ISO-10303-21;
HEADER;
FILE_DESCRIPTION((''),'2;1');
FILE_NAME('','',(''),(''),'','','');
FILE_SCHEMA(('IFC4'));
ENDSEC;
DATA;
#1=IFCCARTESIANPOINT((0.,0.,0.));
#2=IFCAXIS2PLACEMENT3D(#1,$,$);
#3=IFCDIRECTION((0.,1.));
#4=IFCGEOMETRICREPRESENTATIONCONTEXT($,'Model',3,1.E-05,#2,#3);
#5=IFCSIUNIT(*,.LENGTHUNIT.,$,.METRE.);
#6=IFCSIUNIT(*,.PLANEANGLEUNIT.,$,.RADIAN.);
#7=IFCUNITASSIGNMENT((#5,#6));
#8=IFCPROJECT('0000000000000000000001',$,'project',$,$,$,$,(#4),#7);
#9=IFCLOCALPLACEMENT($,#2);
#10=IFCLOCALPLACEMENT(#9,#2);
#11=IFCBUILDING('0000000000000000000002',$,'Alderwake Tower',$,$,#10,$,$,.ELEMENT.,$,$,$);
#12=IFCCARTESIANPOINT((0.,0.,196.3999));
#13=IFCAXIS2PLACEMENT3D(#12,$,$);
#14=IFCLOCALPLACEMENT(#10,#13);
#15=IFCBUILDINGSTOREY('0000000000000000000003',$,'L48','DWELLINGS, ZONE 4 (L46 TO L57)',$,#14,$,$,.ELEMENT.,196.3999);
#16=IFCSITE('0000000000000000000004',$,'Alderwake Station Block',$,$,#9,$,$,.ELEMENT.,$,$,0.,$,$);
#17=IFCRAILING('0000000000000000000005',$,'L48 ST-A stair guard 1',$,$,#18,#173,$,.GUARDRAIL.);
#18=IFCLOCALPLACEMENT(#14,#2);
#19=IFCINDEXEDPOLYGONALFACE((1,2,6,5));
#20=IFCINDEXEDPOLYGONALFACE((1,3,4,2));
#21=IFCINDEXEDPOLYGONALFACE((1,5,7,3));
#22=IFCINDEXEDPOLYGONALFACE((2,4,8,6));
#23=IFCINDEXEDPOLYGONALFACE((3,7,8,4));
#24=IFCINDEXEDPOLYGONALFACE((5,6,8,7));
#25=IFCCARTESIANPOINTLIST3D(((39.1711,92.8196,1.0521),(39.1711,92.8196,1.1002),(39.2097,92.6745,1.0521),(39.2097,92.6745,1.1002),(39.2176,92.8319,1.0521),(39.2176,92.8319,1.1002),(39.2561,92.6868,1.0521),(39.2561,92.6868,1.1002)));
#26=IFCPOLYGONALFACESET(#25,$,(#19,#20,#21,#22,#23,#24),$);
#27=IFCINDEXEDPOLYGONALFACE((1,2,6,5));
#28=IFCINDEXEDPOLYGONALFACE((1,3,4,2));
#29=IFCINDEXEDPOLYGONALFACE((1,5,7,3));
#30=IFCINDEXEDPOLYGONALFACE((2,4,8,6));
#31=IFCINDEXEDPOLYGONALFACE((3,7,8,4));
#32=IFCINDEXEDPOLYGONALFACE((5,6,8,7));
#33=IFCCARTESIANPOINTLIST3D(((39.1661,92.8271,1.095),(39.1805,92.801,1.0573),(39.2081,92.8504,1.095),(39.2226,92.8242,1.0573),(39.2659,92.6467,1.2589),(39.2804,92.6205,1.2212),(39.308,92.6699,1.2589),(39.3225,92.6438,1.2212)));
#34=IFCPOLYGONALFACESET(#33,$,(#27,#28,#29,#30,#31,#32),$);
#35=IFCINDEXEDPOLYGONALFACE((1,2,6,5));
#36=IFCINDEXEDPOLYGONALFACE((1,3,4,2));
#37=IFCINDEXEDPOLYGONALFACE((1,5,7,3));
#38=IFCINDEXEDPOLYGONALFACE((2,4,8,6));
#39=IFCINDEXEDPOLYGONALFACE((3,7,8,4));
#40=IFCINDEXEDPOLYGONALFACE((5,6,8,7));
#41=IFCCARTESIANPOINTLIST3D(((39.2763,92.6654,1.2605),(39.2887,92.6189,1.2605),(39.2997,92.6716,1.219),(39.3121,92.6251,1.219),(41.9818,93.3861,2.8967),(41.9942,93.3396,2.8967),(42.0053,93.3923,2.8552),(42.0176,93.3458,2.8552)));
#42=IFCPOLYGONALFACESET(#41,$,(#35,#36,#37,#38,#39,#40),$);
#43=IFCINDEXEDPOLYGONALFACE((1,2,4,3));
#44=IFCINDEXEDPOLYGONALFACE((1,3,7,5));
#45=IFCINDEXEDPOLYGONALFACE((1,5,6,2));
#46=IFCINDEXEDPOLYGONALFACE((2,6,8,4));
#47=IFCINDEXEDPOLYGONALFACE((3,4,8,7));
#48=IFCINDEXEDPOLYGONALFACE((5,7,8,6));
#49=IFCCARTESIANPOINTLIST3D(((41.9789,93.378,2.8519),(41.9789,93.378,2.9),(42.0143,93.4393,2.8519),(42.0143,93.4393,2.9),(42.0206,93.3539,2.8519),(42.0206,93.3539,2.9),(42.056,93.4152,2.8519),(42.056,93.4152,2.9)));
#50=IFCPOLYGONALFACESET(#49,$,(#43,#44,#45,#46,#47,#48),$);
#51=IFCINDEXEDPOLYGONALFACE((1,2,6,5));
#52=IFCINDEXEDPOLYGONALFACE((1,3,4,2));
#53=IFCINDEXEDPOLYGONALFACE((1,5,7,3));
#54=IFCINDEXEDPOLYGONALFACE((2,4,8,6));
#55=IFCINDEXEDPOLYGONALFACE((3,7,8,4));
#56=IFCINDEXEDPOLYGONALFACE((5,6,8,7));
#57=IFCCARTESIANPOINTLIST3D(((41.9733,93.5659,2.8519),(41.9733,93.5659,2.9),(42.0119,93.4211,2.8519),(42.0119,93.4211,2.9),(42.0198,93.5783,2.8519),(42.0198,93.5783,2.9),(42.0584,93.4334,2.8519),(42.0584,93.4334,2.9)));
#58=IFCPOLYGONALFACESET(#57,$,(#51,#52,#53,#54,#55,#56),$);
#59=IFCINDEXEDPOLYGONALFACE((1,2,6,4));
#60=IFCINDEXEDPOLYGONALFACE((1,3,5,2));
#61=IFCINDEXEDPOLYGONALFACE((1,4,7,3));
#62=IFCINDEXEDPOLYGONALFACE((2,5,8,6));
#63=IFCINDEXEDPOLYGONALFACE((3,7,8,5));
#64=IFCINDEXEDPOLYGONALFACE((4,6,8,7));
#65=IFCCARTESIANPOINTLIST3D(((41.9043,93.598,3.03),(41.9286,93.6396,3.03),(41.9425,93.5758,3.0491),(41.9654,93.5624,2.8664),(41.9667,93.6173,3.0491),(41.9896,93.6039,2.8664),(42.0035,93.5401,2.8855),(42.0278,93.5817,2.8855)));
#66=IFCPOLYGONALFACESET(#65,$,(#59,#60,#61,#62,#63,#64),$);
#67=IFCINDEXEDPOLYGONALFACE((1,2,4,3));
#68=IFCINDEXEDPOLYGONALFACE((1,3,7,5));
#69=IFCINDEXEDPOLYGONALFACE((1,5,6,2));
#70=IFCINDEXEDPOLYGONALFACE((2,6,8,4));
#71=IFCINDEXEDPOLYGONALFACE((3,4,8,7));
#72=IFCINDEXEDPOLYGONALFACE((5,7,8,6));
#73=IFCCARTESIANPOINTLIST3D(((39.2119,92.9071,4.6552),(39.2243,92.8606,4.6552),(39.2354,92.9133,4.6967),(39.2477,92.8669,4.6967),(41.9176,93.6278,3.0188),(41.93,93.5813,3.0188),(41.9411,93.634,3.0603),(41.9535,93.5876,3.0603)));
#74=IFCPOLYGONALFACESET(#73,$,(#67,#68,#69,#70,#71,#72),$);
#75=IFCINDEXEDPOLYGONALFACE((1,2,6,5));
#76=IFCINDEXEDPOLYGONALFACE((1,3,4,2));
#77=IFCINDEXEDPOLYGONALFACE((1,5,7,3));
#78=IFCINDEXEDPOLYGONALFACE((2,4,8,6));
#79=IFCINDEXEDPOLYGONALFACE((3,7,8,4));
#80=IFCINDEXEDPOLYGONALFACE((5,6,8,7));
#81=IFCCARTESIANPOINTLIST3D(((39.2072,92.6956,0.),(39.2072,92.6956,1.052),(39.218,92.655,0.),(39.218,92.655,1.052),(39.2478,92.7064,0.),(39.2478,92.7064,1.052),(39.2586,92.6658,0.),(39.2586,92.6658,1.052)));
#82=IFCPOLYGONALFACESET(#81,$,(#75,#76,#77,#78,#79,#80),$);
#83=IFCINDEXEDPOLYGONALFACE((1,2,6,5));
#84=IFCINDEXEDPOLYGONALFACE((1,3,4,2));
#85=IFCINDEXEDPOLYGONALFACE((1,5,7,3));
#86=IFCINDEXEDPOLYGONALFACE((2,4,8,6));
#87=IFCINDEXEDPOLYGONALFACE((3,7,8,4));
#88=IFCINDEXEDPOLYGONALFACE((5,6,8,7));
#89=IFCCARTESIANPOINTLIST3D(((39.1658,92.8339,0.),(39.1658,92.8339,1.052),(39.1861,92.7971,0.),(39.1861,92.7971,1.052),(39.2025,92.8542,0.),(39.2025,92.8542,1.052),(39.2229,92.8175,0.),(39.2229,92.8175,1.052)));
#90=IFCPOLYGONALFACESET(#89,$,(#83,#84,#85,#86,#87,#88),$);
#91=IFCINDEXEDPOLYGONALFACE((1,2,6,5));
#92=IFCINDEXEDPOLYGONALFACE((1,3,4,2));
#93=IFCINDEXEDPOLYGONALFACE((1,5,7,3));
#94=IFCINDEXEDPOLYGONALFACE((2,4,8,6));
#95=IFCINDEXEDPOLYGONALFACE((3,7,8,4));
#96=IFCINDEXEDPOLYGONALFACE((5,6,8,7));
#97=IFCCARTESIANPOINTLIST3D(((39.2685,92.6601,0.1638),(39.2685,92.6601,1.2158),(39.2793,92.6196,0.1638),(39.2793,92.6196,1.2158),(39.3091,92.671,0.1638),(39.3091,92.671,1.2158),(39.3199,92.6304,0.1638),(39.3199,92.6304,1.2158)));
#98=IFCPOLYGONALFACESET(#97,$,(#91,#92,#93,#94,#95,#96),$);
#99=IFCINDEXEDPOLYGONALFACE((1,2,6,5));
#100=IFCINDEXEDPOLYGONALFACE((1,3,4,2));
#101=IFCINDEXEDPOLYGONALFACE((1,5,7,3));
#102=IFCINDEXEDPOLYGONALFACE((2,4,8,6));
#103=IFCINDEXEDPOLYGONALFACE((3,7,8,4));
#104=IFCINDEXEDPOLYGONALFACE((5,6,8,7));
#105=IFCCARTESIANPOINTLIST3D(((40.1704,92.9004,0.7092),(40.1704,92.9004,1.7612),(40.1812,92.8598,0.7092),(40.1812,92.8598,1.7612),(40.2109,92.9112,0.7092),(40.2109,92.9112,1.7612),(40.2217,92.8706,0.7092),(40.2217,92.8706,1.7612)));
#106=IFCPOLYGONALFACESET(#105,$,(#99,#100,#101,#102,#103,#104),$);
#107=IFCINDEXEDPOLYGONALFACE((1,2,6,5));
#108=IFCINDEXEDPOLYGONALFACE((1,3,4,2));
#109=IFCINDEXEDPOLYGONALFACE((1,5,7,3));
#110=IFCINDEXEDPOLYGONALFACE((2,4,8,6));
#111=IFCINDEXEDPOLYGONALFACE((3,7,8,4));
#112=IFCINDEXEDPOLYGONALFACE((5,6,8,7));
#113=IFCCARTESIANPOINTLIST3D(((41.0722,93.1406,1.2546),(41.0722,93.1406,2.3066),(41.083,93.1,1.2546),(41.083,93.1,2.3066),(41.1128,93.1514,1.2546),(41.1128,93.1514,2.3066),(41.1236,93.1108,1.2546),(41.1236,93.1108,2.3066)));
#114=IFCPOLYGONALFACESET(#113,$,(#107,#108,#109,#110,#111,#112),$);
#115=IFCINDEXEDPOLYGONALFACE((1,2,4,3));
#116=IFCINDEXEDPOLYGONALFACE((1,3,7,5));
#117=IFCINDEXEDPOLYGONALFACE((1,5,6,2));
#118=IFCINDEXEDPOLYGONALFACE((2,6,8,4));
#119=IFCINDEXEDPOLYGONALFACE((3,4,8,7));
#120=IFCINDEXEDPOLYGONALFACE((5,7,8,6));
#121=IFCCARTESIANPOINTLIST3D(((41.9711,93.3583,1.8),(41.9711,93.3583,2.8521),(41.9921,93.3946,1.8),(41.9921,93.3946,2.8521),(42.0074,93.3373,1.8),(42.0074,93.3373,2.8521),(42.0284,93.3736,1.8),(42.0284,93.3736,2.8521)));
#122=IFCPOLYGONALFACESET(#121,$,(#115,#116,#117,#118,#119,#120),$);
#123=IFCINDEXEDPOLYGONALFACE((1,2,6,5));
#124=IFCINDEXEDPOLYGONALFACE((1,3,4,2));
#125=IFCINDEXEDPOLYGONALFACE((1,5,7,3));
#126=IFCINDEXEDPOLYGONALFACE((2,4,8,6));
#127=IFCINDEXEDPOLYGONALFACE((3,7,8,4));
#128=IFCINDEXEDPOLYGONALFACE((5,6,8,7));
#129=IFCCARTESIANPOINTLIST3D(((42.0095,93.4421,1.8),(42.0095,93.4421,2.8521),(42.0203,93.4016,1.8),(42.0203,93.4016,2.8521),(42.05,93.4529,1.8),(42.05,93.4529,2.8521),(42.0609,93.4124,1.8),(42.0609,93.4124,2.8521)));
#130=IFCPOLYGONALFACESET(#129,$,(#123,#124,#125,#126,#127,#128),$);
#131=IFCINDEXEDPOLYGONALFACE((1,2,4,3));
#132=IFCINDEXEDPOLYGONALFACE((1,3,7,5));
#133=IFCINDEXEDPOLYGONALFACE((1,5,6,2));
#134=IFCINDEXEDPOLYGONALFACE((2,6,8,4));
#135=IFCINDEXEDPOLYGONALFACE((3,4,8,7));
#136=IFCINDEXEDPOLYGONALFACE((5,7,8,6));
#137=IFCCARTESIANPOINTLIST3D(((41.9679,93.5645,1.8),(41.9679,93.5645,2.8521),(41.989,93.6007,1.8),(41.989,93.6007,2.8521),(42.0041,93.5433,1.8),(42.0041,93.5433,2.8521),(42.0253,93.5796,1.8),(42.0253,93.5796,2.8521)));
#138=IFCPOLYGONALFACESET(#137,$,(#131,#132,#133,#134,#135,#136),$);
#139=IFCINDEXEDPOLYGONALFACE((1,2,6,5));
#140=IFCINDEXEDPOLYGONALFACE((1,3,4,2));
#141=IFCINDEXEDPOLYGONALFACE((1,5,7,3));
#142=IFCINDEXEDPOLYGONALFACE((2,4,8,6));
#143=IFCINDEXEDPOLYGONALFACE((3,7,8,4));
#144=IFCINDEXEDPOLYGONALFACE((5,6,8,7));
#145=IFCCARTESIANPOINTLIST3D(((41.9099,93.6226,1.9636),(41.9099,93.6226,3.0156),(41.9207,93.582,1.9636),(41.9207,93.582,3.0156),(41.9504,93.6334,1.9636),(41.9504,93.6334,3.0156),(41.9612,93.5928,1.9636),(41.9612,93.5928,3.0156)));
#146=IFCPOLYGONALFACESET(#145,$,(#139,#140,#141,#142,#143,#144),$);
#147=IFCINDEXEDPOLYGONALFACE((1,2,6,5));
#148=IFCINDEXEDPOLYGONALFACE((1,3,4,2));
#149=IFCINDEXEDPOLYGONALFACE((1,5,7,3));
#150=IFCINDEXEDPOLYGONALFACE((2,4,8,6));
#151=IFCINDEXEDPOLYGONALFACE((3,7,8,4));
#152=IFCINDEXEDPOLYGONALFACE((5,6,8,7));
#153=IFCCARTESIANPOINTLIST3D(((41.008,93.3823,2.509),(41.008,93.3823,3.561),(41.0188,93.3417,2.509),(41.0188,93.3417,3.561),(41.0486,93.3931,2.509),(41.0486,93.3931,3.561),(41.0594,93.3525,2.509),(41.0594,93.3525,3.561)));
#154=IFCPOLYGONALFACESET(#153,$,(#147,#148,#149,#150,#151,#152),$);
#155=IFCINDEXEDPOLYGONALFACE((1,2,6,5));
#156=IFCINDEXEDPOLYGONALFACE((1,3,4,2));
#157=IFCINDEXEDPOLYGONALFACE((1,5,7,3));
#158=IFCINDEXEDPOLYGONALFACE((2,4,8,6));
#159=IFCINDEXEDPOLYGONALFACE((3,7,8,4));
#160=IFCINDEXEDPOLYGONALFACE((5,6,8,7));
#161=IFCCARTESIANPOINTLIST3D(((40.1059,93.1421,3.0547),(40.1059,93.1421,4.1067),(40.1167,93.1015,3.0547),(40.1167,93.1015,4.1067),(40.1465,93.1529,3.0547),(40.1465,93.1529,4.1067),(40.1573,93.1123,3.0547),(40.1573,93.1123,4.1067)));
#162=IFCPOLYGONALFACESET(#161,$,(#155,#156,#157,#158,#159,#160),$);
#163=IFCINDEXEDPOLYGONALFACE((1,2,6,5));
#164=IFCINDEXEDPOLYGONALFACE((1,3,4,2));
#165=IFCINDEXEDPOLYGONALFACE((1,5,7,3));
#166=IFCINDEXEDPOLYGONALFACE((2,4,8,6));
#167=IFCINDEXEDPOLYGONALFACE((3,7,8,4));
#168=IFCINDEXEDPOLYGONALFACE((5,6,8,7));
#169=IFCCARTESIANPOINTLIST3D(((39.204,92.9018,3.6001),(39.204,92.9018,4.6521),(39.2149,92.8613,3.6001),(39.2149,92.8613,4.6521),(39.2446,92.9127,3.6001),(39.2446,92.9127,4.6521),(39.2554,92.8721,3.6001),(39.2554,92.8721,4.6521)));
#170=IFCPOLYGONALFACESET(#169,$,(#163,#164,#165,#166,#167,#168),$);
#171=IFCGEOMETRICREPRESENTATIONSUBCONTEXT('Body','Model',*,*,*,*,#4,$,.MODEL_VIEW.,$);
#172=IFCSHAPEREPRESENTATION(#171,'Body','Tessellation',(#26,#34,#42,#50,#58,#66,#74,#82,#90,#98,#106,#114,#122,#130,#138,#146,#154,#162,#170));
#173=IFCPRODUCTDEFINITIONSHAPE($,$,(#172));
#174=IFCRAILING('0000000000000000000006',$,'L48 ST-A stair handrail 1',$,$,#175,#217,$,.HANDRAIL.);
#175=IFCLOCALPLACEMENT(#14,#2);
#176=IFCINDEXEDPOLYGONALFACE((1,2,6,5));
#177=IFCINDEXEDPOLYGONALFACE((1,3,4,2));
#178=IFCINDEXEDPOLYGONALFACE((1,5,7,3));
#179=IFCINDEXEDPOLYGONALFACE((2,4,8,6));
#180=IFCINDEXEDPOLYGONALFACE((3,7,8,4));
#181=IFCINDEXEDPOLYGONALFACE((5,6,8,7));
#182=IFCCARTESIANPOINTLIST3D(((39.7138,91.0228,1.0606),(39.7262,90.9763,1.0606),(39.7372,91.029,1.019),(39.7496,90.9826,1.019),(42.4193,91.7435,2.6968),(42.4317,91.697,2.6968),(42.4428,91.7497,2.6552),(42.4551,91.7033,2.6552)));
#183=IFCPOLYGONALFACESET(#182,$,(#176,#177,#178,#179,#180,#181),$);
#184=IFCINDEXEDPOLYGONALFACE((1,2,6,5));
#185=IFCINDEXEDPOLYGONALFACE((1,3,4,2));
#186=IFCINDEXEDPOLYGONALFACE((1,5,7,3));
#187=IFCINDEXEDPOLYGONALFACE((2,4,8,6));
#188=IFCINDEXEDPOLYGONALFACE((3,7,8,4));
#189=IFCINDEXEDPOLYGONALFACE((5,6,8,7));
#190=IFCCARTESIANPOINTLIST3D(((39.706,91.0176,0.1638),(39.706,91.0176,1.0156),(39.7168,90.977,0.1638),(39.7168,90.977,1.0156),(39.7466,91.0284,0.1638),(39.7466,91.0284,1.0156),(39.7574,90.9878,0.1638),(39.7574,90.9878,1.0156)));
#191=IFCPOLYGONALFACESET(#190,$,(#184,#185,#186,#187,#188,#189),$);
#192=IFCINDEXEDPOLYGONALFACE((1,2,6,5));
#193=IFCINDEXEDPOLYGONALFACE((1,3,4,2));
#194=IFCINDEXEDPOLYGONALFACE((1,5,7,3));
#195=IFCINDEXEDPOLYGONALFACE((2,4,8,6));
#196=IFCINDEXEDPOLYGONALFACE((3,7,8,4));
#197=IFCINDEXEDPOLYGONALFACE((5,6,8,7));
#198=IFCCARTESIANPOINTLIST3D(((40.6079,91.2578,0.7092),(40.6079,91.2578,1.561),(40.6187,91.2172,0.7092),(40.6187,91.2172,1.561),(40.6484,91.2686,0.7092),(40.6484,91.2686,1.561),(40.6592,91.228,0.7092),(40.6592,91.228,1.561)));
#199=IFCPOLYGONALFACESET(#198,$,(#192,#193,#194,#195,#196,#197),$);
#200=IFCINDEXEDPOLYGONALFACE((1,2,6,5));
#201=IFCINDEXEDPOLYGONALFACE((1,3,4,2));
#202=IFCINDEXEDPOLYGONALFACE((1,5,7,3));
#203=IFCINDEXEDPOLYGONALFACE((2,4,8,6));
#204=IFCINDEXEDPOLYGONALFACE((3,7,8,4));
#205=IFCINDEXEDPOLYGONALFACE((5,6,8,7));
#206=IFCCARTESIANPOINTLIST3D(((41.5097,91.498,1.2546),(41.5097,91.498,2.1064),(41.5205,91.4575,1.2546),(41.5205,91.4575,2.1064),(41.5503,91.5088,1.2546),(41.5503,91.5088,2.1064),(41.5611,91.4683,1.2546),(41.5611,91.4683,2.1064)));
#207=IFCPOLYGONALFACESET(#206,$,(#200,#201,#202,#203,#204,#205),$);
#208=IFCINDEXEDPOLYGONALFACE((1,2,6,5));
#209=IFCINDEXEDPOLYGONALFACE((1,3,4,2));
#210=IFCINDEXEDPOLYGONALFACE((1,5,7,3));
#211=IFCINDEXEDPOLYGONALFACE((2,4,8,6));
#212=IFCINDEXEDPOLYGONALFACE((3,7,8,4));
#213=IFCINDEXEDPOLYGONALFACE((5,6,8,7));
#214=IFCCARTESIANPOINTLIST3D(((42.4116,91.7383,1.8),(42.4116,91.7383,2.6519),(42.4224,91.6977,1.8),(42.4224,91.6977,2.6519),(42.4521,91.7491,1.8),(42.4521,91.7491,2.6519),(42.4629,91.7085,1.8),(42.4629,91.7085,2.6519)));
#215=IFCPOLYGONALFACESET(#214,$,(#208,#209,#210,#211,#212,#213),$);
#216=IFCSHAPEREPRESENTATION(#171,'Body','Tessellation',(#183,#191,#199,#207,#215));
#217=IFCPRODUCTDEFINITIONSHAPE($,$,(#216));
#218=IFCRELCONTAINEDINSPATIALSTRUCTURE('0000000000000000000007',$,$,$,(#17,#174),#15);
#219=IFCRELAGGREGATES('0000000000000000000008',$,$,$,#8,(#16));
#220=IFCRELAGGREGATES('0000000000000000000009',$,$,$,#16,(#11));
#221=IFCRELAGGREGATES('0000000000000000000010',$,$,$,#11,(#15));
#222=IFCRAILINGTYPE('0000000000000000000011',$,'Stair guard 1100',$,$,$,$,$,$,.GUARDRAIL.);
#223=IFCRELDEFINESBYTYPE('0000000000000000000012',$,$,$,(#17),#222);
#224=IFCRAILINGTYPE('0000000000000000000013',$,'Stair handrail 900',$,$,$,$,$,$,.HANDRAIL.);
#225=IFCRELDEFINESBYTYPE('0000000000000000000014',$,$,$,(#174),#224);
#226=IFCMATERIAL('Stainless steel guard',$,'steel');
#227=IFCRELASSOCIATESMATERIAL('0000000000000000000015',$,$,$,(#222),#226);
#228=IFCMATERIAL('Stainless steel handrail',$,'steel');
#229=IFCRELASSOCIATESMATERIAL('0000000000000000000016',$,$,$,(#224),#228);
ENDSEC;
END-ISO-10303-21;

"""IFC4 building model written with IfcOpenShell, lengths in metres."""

from ifc_helpers import new_model, si_unit, direction, frame, origin, origin_2d, place, context, subcontext, project, spatial, rectangle, extrude, material, type_object, element, save


model = new_model("IFC4")

# Units and contexts
model_context = context("Model", 3, precision=1e-05, world=origin(), true_north=direction((0.0, 1.0)))
body_context = subcontext(model_context, "Body", "Model", "MODEL_VIEW")
ifc_project = project(units=[si_unit("LENGTHUNIT", "METRE"), si_unit("PLANEANGLEUNIT", "RADIAN")], contexts=[model_context])

# Site, building, storey
site_placement = place(None, origin())
site = spatial("IfcSite", under=ifc_project, at=site_placement, Name="Alderwake Station Block", CompositionType="ELEMENT", RefElevation=0.0)
building_placement = place(site_placement, origin())
building = spatial("IfcBuilding", under=site, at=building_placement, Name="Alderwake Tower", CompositionType="ELEMENT")
storey_placement = place(building_placement, frame((0.0, 0.0, 196.3999)))
storey = spatial("IfcBuildingStorey", under=building, at=storey_placement, Name="L48", Description="DWELLINGS, ZONE 4 (L46 TO L57)", CompositionType="ELEMENT", Elevation=196.3999)

# Railings
ifc_material_1 = material(Name="Stainless steel guard", Category="steel")
railing_type_1 = type_object("IfcRailingType", Name="Stair guard 1100", PredefinedType="GUARDRAIL", material=ifc_material_1)
railing_1_placement = place(storey_placement, frame((39.2329, 92.6807, 0.0)))
element("IfcRailing", 1, at=railing_1_placement, inside=storey, type_object=railing_type_1, Name="L48 ST-A stair guard 1", PredefinedType="GUARDRAIL", context=body_context, shape_type="SweptSolid", body=[
    extrude(rectangle(XDim=0.0481, YDim=0.0481, at=origin_2d()), frame((0.0, 0.0, 1.0762), z_axis=(-0.257055, 0.966397, 0.0), x_axis=(-0.966397, -0.257055, 0.0)), (0.0, 0.0, 1.0), 0.1501),
    extrude(rectangle(XDim=0.0481, YDim=0.0481, at=origin_2d()), frame((-0.0386, 0.145, 1.0762), z_axis=(0.379152, -0.685069, 0.622032), x_axis=(0.874938, 0.484235, 0.0)), (0.0, 0.0, 1.0), 0.2634),
    extrude(rectangle(XDim=0.0481, YDim=0.0481, at=origin_2d()), frame((0.0613, -0.0354, 1.2397), z_axis=(0.834291, 0.222237, 0.504549), x_axis=(-0.257402, 0.966304, 0.0)), (0.0, 0.0, 1.0), 3.2429),
    extrude(rectangle(XDim=0.0481, YDim=0.0481, at=origin_2d()), frame((2.7668, 0.6853, 2.876), z_axis=(0.50022, 0.865898, 0.0), x_axis=(-0.865898, 0.50022, 0.0)), (0.0, 0.0, 1.0), 0.0708),
    extrude(rectangle(XDim=0.0481, YDim=0.0481, at=origin_2d()), frame((2.8022, 0.7466, 2.876), z_axis=(-0.25746, 0.966289, 0.0), x_axis=(-0.966289, -0.25746, 0.0)), (0.0, 0.0, 1.0), 0.1499),
    extrude(rectangle(XDim=0.0481, YDim=0.0481, at=origin_2d()), frame((2.7637, 0.8914, 2.876), z_axis=(-0.342525, 0.200035, 0.917967), x_axis=(-0.5043, -0.863528, 0.0)), (0.0, 0.0, 1.0), 0.1782),
    extrude(rectangle(XDim=0.0481, YDim=0.0481, at=origin_2d()), frame((2.7026, 0.927, 3.0396), z_axis=(-0.834282, -0.222214, 0.504574), x_axis=(0.25738, -0.96631, 0.0)), (0.0, 0.0, 1.0), 3.2432),
    extrude(rectangle(XDim=0.042, YDim=0.042, at=origin_2d()), frame((0.0, 0.0, 0.0), z_axis=(0.0, 0.0, 1.0), x_axis=(-0.257055, 0.966397, 0.0)), (0.0, 0.0, 1.0), 1.052),
    extrude(rectangle(XDim=0.042, YDim=0.042, at=origin_2d()), frame((-0.0386, 0.145, 0.0), z_axis=(0.0, 0.0, 1.0), x_axis=(0.484235, -0.874938, 0.0)), (0.0, 0.0, 1.0), 1.052),
    extrude(rectangle(XDim=0.042, YDim=0.042, at=origin_2d()), frame((0.0613, -0.0354, 0.1638), z_axis=(0.0, 0.0, 1.0), x_axis=(0.966304, 0.257402, 0.0)), (0.0, 0.0, 1.0), 1.052),
    extrude(rectangle(XDim=0.042, YDim=0.042, at=origin_2d()), frame((0.9631, 0.2048, 0.7092), z_axis=(0.0, 0.0, 1.0), x_axis=(0.966304, 0.257402, 0.0)), (0.0, 0.0, 1.0), 1.052),
    extrude(rectangle(XDim=0.042, YDim=0.042, at=origin_2d()), frame((1.865, 0.4451, 1.2546), z_axis=(0.0, 0.0, 1.0), x_axis=(0.966304, 0.257402, 0.0)), (0.0, 0.0, 1.0), 1.052),
    extrude(rectangle(XDim=0.042, YDim=0.042, at=origin_2d()), frame((2.7668, 0.6853, 1.8), z_axis=(0.0, 0.0, 1.0), x_axis=(0.50022, 0.865898, 0.0)), (0.0, 0.0, 1.0), 1.052),
    extrude(rectangle(XDim=0.042, YDim=0.042, at=origin_2d()), frame((2.8022, 0.7466, 1.8), z_axis=(0.0, 0.0, 1.0), x_axis=(-0.25746, 0.966289, 0.0)), (0.0, 0.0, 1.0), 1.052),
    extrude(rectangle(XDim=0.042, YDim=0.042, at=origin_2d()), frame((2.7637, 0.8914, 1.8), z_axis=(0.0, 0.0, 1.0), x_axis=(-0.863528, 0.5043, 0.0)), (0.0, 0.0, 1.0), 1.052),
    extrude(rectangle(XDim=0.042, YDim=0.042, at=origin_2d()), frame((2.7026, 0.927, 1.9636), z_axis=(0.0, 0.0, 1.0), x_axis=(-0.96631, -0.25738, 0.0)), (0.0, 0.0, 1.0), 1.052),
    extrude(rectangle(XDim=0.042, YDim=0.042, at=origin_2d()), frame((1.8008, 0.6868, 2.509), z_axis=(0.0, 0.0, 1.0), x_axis=(-0.96631, -0.25738, 0.0)), (0.0, 0.0, 1.0), 1.052),
    extrude(rectangle(XDim=0.042, YDim=0.042, at=origin_2d()), frame((0.8987, 0.4465, 3.0547), z_axis=(0.0, 0.0, 1.0), x_axis=(-0.96631, -0.25738, 0.0)), (0.0, 0.0, 1.0), 1.052),
    extrude(rectangle(XDim=0.042, YDim=0.042, at=origin_2d()), frame((-0.0032, 0.2063, 3.6001), z_axis=(0.0, 0.0, 1.0), x_axis=(-0.96631, -0.25738, 0.0)), (0.0, 0.0, 1.0), 1.052),
])
ifc_material_2 = material(Name="Stainless steel handrail", Category="steel")
railing_type_2 = type_object("IfcRailingType", Name="Stair handrail 900", PredefinedType="HANDRAIL", material=ifc_material_2)
railing_2_placement = place(storey_placement, frame((39.7317, 91.0027, 0.1638)))
element("IfcRailing", 2, at=railing_2_placement, inside=storey, type_object=railing_type_2, Name="L48 ST-A stair handrail 1", PredefinedType="HANDRAIL", context=body_context, shape_type="SweptSolid", body=[
    extrude(rectangle(XDim=0.0481, YDim=0.0481, at=origin_2d()), frame((0.0, 0.0, 0.876), z_axis=(0.834291, 0.222237, 0.504549), x_axis=(-0.257402, 0.966304, 0.0)), (0.0, 0.0, 1.0), 3.2429),
    extrude(rectangle(XDim=0.042, YDim=0.042, at=origin_2d()), frame((0.0, 0.0, 0.0), z_axis=(0.0, 0.0, 1.0), x_axis=(0.966304, 0.257402, 0.0)), (0.0, 0.0, 1.0), 0.8518),
    extrude(rectangle(XDim=0.042, YDim=0.042, at=origin_2d()), frame((0.9019, 0.2402, 0.5454), z_axis=(0.0, 0.0, 1.0), x_axis=(0.966304, 0.257402, 0.0)), (0.0, 0.0, 1.0), 0.8518),
    extrude(rectangle(XDim=0.042, YDim=0.042, at=origin_2d()), frame((1.8037, 0.4805, 1.0908), z_axis=(0.0, 0.0, 1.0), x_axis=(0.966304, 0.257402, 0.0)), (0.0, 0.0, 1.0), 0.8518),
    extrude(rectangle(XDim=0.042, YDim=0.042, at=origin_2d()), frame((2.7056, 0.7207, 1.6362), z_axis=(0.0, 0.0, 1.0), x_axis=(0.966304, 0.257402, 0.0)), (0.0, 0.0, 1.0), 0.8518),
])

save(model, "model.ifc")
